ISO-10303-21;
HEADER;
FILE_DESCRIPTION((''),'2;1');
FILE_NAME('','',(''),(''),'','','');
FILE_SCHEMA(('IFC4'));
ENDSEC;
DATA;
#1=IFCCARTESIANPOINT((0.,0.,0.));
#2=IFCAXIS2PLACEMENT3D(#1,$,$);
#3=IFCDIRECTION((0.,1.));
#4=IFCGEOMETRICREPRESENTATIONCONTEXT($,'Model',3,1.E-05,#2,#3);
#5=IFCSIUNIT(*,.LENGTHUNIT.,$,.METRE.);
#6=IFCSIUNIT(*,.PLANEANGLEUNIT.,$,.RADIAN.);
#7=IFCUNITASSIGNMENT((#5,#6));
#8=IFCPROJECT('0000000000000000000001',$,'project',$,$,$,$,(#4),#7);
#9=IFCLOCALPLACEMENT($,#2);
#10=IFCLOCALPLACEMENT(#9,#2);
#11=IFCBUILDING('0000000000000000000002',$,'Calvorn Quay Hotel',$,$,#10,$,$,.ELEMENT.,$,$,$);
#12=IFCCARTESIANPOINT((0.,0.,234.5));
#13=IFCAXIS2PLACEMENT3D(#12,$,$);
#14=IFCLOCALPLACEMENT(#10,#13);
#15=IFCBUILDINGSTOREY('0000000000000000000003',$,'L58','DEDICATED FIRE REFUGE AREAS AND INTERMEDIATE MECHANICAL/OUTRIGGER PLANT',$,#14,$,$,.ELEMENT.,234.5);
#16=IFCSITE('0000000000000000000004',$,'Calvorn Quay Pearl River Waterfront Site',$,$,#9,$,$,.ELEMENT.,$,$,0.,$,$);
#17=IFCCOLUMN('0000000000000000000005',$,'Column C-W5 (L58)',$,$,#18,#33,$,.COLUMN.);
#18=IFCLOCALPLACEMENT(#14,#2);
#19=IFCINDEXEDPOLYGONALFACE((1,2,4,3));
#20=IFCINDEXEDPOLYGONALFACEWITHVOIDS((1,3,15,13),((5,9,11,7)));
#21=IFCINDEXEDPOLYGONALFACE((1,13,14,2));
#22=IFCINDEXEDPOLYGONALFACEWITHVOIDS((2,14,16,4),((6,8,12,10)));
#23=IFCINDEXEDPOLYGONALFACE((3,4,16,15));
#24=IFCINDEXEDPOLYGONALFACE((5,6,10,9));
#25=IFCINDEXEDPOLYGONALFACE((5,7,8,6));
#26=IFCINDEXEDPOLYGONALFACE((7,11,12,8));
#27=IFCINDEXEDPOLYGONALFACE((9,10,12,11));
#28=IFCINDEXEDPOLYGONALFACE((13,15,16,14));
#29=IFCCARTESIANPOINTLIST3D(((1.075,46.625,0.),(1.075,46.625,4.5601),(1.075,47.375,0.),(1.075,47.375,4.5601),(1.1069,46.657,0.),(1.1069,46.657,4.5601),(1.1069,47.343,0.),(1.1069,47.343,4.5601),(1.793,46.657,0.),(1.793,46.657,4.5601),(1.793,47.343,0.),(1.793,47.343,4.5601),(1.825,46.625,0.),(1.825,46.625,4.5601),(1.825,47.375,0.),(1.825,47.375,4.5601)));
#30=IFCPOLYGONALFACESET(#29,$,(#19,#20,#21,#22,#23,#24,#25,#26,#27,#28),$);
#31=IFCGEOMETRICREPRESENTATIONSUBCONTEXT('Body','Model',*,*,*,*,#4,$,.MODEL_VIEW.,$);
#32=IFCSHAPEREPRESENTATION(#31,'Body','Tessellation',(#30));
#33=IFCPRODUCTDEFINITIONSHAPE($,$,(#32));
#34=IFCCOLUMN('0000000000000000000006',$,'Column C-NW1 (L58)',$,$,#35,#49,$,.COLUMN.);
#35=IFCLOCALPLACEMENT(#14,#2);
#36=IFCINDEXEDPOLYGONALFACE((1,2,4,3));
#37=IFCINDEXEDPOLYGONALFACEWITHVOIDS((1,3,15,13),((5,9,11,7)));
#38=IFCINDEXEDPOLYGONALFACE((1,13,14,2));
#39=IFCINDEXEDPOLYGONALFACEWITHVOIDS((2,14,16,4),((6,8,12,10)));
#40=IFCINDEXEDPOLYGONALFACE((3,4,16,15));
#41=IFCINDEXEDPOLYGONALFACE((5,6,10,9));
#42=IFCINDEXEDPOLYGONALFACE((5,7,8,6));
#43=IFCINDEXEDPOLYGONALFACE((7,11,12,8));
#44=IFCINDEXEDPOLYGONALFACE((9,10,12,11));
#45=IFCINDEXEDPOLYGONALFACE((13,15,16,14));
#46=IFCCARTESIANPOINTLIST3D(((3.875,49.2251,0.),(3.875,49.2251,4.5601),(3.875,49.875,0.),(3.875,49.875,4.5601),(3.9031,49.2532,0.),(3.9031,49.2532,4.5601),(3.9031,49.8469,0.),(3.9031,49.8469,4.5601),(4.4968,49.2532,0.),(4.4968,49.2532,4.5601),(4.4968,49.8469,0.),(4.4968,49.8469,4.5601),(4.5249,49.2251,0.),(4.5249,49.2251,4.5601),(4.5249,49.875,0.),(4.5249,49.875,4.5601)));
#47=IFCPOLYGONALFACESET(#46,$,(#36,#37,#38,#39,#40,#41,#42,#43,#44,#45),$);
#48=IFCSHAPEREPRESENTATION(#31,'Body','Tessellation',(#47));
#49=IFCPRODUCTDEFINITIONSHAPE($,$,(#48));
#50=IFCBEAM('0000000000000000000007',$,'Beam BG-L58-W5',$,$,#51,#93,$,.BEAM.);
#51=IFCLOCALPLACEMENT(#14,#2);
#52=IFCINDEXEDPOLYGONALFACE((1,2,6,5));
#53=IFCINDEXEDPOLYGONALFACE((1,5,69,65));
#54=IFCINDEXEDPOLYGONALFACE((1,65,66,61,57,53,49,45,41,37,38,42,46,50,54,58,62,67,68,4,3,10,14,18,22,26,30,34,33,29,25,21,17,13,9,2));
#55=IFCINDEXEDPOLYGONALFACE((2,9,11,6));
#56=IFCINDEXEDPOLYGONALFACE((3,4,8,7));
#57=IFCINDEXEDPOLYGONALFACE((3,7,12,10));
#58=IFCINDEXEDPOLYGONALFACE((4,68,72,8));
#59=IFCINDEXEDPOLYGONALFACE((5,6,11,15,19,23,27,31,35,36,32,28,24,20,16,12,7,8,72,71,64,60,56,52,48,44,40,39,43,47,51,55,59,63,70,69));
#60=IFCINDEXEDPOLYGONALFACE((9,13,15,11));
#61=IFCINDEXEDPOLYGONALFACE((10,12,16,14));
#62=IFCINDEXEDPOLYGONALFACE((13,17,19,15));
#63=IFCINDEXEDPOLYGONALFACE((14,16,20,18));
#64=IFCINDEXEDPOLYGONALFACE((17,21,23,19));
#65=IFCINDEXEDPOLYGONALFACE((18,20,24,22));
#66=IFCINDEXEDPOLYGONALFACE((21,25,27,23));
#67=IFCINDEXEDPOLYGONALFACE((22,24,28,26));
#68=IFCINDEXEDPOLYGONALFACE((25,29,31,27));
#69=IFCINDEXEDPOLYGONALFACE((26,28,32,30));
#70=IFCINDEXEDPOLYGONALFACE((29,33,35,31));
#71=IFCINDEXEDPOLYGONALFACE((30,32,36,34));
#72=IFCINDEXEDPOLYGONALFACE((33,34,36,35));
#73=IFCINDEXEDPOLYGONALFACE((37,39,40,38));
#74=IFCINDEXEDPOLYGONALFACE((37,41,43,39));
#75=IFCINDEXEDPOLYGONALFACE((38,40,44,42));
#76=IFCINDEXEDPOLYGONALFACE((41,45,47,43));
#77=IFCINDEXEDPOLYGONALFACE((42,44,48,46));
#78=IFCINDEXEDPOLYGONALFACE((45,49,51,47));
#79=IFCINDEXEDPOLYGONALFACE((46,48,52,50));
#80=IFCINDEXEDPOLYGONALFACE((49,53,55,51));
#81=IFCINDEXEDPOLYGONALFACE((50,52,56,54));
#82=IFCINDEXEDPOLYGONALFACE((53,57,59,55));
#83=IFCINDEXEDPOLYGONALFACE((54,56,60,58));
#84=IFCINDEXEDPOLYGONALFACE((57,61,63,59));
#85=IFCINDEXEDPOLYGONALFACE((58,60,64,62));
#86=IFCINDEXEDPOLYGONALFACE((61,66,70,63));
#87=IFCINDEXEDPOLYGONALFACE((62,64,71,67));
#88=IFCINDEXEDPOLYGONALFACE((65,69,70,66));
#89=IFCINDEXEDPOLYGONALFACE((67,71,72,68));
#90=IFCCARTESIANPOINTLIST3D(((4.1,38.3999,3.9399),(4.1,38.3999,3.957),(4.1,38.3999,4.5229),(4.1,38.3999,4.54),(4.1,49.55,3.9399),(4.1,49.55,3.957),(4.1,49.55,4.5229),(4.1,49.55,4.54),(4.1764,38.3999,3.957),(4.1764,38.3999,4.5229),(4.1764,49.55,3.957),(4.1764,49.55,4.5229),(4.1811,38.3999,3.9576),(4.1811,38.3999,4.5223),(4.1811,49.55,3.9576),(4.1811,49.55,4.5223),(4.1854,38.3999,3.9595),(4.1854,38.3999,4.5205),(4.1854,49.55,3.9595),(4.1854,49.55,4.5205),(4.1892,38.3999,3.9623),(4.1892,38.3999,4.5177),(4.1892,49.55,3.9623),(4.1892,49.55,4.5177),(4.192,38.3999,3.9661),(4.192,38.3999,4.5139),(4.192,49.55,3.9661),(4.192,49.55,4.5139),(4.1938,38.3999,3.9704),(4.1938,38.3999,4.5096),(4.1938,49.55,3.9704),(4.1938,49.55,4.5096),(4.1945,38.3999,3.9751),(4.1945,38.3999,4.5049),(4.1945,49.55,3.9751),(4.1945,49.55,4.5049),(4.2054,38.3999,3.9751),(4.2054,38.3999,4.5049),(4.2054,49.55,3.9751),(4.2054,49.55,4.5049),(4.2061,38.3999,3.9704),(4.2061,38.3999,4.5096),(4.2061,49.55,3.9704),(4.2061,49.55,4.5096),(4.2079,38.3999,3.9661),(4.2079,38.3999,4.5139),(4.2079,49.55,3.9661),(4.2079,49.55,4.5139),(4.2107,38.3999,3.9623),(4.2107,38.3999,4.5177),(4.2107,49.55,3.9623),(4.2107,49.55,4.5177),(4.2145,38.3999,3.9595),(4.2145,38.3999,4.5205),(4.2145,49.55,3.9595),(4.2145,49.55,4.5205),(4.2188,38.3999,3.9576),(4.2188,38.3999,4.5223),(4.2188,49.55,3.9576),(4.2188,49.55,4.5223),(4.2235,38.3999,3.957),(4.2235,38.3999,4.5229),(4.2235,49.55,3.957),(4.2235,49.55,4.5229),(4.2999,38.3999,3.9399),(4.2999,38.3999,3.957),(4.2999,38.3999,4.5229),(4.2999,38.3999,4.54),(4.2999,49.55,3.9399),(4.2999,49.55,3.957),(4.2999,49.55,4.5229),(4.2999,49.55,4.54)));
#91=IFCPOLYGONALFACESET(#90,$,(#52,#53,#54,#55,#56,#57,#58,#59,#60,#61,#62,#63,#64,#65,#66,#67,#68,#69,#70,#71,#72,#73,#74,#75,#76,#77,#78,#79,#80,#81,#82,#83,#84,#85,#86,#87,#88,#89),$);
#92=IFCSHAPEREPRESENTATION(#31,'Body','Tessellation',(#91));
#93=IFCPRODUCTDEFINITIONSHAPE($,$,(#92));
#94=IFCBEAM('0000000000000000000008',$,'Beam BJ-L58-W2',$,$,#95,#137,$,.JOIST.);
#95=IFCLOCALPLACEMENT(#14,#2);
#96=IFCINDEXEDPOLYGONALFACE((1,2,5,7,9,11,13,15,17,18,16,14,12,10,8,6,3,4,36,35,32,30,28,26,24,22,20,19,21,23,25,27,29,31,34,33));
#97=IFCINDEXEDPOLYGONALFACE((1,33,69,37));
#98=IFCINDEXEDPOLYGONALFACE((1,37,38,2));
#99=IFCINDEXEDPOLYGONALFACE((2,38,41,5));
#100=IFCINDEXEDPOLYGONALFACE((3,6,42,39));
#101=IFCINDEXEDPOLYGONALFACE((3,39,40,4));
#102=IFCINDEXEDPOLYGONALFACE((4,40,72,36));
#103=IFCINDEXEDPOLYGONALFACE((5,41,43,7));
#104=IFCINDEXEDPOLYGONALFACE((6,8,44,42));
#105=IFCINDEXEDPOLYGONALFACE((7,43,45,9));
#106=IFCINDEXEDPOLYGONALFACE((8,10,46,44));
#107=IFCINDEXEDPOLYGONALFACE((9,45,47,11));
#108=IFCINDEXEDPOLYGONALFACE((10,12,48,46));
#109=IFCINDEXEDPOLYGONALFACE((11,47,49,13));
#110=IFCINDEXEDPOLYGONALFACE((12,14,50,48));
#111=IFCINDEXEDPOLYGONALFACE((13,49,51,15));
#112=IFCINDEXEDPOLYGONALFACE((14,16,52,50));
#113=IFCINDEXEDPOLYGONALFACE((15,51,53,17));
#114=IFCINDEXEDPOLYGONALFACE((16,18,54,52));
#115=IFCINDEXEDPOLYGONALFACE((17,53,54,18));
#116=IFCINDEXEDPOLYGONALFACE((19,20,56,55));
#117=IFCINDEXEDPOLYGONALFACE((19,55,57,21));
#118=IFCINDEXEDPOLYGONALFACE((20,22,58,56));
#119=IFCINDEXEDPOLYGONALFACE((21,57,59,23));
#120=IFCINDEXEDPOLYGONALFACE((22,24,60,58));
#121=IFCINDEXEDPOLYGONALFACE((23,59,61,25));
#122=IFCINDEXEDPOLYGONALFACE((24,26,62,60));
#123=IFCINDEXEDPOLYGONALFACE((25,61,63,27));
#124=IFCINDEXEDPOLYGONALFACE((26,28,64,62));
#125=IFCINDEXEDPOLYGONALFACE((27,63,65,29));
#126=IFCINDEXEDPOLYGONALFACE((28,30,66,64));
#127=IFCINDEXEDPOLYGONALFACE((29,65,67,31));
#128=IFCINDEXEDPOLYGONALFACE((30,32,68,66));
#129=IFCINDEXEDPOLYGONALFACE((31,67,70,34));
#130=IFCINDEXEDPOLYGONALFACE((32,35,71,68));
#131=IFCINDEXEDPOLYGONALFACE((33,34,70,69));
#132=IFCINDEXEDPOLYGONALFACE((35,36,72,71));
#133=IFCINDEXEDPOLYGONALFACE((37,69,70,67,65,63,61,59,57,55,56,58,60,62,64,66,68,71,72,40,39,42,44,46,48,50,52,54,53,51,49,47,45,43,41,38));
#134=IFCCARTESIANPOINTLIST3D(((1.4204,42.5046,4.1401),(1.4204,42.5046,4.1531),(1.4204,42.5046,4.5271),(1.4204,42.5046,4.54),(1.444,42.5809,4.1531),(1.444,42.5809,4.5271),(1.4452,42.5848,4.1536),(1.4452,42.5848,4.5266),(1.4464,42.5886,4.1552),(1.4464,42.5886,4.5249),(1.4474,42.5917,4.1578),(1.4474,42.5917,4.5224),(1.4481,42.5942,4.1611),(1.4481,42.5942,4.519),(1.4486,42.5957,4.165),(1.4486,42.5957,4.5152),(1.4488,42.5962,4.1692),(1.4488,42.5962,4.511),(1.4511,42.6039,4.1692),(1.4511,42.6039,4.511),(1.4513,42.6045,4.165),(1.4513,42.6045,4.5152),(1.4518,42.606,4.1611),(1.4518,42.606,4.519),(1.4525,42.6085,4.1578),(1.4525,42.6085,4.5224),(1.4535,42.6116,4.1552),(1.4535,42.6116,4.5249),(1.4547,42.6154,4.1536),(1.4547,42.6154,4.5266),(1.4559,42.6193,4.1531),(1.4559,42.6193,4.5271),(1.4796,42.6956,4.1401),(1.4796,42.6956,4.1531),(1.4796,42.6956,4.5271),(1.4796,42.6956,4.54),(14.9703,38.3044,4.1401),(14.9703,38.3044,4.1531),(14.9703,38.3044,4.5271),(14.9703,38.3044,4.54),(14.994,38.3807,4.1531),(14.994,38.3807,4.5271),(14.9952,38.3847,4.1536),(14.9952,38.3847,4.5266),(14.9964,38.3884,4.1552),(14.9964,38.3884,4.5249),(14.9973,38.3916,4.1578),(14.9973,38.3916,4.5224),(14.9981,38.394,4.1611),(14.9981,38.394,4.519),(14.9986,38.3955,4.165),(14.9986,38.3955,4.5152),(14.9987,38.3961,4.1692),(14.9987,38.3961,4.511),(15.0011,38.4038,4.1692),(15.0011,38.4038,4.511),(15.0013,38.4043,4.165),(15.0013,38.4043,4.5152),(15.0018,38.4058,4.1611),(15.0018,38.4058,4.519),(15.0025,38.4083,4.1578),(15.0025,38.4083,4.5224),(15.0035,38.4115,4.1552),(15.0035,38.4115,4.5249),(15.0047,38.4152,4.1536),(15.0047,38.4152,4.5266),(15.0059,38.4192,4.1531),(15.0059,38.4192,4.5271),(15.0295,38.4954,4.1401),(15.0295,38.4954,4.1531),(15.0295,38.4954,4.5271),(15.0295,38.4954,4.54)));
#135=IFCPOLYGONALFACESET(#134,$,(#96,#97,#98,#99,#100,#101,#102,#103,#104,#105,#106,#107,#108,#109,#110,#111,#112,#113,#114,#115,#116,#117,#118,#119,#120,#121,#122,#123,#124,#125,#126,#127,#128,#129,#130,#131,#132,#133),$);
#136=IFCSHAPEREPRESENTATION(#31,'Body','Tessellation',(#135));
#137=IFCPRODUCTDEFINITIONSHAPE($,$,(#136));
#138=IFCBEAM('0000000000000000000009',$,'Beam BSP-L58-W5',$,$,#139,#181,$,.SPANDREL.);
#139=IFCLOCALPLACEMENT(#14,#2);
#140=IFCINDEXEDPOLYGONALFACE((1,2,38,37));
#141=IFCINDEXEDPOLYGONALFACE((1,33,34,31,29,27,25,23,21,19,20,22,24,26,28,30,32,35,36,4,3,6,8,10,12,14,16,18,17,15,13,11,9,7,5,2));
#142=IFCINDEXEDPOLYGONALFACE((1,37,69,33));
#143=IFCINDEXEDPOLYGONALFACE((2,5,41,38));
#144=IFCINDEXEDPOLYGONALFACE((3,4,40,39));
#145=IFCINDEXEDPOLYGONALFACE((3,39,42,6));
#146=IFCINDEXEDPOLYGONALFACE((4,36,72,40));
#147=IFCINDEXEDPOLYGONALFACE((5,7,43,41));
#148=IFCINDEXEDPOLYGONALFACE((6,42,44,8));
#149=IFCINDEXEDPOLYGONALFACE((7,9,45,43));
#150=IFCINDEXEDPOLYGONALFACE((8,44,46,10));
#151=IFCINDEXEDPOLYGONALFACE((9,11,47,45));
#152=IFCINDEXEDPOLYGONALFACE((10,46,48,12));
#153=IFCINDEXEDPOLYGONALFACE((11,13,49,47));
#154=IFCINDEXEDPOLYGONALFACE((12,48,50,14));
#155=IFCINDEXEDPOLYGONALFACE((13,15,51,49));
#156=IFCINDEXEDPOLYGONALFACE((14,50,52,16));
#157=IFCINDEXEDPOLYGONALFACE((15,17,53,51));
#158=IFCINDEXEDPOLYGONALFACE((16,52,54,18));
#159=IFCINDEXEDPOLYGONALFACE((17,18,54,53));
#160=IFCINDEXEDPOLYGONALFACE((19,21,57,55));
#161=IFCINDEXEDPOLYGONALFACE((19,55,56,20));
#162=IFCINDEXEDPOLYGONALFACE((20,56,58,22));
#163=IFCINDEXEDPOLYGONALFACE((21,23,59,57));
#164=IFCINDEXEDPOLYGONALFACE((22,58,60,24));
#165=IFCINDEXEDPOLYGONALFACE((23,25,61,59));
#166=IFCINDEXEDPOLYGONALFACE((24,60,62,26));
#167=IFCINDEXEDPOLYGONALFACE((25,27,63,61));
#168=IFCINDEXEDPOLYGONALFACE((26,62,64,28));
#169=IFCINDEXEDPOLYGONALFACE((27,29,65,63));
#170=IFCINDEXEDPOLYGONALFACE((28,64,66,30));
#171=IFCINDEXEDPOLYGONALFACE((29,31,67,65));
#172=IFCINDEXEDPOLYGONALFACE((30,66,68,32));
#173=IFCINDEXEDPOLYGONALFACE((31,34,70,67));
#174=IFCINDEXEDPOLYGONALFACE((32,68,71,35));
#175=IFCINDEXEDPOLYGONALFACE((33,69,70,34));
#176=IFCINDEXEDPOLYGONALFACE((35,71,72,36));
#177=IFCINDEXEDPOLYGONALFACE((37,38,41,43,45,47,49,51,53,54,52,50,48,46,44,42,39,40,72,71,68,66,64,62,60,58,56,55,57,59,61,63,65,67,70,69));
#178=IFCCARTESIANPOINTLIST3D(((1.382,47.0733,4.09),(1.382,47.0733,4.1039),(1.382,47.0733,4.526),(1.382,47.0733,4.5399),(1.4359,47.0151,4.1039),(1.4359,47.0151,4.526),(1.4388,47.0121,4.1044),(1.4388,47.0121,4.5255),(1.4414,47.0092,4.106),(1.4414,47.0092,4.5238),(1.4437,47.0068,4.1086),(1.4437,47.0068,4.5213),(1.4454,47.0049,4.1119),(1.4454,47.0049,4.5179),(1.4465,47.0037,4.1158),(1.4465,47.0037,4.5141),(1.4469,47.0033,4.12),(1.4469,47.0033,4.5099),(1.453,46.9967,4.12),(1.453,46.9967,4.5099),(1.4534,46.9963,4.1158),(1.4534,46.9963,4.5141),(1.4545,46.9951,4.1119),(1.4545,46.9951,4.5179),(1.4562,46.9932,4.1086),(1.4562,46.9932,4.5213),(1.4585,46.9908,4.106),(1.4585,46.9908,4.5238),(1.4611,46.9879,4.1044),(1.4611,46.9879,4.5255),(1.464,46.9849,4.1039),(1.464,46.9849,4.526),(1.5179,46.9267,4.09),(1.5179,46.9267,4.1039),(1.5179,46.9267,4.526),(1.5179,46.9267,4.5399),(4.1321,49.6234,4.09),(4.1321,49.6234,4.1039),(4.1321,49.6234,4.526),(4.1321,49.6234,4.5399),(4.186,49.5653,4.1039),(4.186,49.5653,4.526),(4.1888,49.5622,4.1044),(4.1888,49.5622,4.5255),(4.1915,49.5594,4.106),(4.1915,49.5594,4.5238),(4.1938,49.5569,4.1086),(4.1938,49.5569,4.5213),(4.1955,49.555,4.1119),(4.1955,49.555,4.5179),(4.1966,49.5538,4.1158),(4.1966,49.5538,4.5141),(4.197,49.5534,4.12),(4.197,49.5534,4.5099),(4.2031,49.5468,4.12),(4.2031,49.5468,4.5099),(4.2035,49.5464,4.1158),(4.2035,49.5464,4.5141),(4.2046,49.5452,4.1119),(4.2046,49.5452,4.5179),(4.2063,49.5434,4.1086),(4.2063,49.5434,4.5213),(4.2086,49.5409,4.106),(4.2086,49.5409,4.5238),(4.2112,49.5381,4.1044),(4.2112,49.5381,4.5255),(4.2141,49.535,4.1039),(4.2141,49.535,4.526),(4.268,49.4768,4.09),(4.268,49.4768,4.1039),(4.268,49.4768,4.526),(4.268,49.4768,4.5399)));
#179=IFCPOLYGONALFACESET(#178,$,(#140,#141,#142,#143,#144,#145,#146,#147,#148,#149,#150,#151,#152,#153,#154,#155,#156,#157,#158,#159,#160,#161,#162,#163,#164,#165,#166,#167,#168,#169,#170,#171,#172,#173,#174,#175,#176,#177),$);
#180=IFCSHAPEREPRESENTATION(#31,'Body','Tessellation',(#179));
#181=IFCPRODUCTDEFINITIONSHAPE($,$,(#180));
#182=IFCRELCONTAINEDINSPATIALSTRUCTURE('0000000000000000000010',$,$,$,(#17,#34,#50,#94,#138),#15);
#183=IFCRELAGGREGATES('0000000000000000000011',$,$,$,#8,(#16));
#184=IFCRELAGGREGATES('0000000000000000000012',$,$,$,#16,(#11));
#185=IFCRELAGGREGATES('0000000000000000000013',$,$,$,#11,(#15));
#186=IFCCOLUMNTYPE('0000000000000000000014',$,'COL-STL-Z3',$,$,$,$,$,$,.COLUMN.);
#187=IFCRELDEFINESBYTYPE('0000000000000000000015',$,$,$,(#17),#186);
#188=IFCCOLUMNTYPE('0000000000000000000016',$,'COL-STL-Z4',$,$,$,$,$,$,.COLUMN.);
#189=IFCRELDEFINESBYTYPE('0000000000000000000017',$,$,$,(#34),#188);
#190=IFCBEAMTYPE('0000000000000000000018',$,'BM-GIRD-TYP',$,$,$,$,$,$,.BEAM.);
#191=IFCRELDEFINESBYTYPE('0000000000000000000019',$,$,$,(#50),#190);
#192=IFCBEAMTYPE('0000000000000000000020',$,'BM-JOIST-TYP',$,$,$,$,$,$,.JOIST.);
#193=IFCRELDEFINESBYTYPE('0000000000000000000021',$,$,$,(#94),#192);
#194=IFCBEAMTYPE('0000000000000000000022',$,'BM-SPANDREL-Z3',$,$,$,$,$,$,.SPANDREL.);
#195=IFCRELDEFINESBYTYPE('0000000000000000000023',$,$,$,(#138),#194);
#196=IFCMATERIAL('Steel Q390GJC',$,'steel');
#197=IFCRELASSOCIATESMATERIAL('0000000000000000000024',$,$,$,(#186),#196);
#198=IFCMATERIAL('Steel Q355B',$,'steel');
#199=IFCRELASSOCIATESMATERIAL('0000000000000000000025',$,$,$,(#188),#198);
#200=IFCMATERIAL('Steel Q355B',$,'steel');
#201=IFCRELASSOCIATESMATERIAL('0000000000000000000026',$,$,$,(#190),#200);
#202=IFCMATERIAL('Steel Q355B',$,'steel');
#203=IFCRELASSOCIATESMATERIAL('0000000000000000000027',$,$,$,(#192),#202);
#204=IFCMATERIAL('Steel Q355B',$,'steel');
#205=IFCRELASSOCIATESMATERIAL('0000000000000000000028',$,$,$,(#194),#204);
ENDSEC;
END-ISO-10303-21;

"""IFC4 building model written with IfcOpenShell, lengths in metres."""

from ifc_helpers import new_model, si_unit, direction, frame, origin, origin_2d, place, context, subcontext, project, spatial, hollow_rectangle, i_section, extrude, material, material_profile, profile_set, type_object, element, save


model = new_model("IFC4")

# Units and contexts
model_context = context("Model", 3, precision=1e-05, world=origin(), true_north=direction((0.0, 1.0)))
body_context = subcontext(model_context, "Body", "Model", "MODEL_VIEW")
ifc_project = project(units=[si_unit("LENGTHUNIT", "METRE"), si_unit("PLANEANGLEUNIT", "RADIAN")], contexts=[model_context])

# Site, building, storey
site_placement = place(None, origin())
site = spatial("IfcSite", under=ifc_project, at=site_placement, Name="Calvorn Quay Pearl River Waterfront Site", CompositionType="ELEMENT", RefElevation=0.0)
building_placement = place(site_placement, origin())
building = spatial("IfcBuilding", under=site, at=building_placement, Name="Calvorn Quay Hotel", CompositionType="ELEMENT")
storey_placement = place(building_placement, frame((0.0, 0.0, 234.5)))
storey = spatial("IfcBuildingStorey", under=building, at=storey_placement, Name="L58", Description="DEDICATED FIRE REFUGE AREAS AND INTERMEDIATE MECHANICAL/OUTRIGGER PLANT", CompositionType="ELEMENT", Elevation=234.5)

# Columns
ifc_material_1 = material(Name="Steel Q390GJC", Category="steel")
ifc_material_profile_1 = material_profile(ifc_material_1, hollow_rectangle(XDim=0.75, YDim=0.75, WallThickness=0.032, at=origin_2d()), Name="BOX750x750x32")
ifc_profile_set_1 = profile_set([ifc_material_profile_1], Name="Steel Q390GJC")
column_type_1 = type_object("IfcColumnType", Name="COL-STL-Z3", PredefinedType="COLUMN", material=ifc_profile_set_1)
column_1_placement = place(storey_placement, frame((1.45, 47.0, 0.0), z_axis=(0.0, 0.0, 1.0), x_axis=(1.0, 0.0, 0.0)))
element("IfcColumn", 1, at=column_1_placement, inside=storey, type_object=column_type_1, Name="Column C-W5 (L58)", PredefinedType="COLUMN", context=body_context, shape_type="SweptSolid", body=[
    extrude(hollow_rectangle(XDim=0.75, YDim=0.75, WallThickness=0.032, at=origin_2d()), origin(), (0.0, 0.0, 1.0), 4.5601),
])
ifc_material_2 = material(Name="Steel Q355B", Category="steel")
ifc_material_profile_2 = material_profile(ifc_material_2, hollow_rectangle(XDim=0.6499, YDim=0.6499, WallThickness=0.0281, at=origin_2d()), Name="BOX650x650x28")
ifc_profile_set_2 = profile_set([ifc_material_profile_2], Name="Steel Q355B")
column_type_2 = type_object("IfcColumnType", Name="COL-STL-Z4", PredefinedType="COLUMN", material=ifc_profile_set_2)
column_2_placement = place(storey_placement, frame((4.2, 49.55, 0.0), z_axis=(0.0, 0.0, 1.0), x_axis=(1.0, 0.0, 0.0)))
element("IfcColumn", 2, at=column_2_placement, inside=storey, type_object=column_type_2, Name="Column C-NW1 (L58)", PredefinedType="COLUMN", context=body_context, shape_type="SweptSolid", body=[
    extrude(hollow_rectangle(XDim=0.6499, YDim=0.6499, WallThickness=0.0281, at=origin_2d()), origin(), (0.0, 0.0, 1.0), 4.5601),
])

# Beams
ifc_material_3 = material(Name="Steel Q355B", Category="steel")
ifc_material_profile_3 = material_profile(ifc_material_3, i_section(OverallWidth=0.2, OverallDepth=0.6001, WebThickness=0.011, FlangeThickness=0.0171, FilletRadius=0.0181, at=origin_2d()), Name="HN600x200x11x17")
ifc_profile_set_3 = profile_set([ifc_material_profile_3], Name="Steel Q355B")
beam_type_1 = type_object("IfcBeamType", Name="BM-GIRD-TYP", PredefinedType="BEAM", material=ifc_profile_set_3)
beam_1_placement = place(storey_placement, frame((4.2, 49.55, 4.24), z_axis=(0.0, -1.0, 0.0), x_axis=(1.0, 0.0, 0.0)))
element("IfcBeam", 3, at=beam_1_placement, inside=storey, type_object=beam_type_1, Name="Beam BG-L58-W5", PredefinedType="BEAM", context=body_context, shape_type="SweptSolid", body=[
    extrude(i_section(OverallWidth=0.2, OverallDepth=0.6001, WebThickness=0.011, FlangeThickness=0.0171, FilletRadius=0.0181, at=origin_2d()), origin(), (0.0, 0.0, 1.0), 11.1501),
])
ifc_material_4 = material(Name="Steel Q355B", Category="steel")
ifc_material_profile_4 = material_profile(ifc_material_4, i_section(OverallWidth=0.2, OverallDepth=0.3999, WebThickness=0.0081, FlangeThickness=0.0129, FilletRadius=0.0161, at=origin_2d()), Name="HN400x200x8x13")
ifc_profile_set_4 = profile_set([ifc_material_profile_4], Name="Steel Q355B")
beam_type_2 = type_object("IfcBeamType", Name="BM-JOIST-TYP", PredefinedType="JOIST", material=ifc_profile_set_4)
beam_2_placement = place(storey_placement, frame((1.45, 42.6001, 4.3401), z_axis=(0.955164, -0.296078, 0.0), x_axis=(0.296078, 0.955164, 0.0)))
element("IfcBeam", 4, at=beam_2_placement, inside=storey, type_object=beam_type_2, Name="Beam BJ-L58-W2", PredefinedType="JOIST", context=body_context, shape_type="SweptSolid", body=[
    extrude(i_section(OverallWidth=0.2, OverallDepth=0.3999, WebThickness=0.0081, FlangeThickness=0.0129, FilletRadius=0.0161, at=origin_2d()), origin(), (0.0, 0.0, 1.0), 14.186),
])
ifc_material_5 = material(Name="Steel Q355B", Category="steel")
ifc_material_profile_5 = material_profile(ifc_material_5, i_section(OverallWidth=0.2, OverallDepth=0.45, WebThickness=0.009, FlangeThickness=0.0139, FilletRadius=0.0161, at=origin_2d()), Name="HN450x200x9x14")
ifc_profile_set_5 = profile_set([ifc_material_profile_5], Name="Steel Q355B")
beam_type_3 = type_object("IfcBeamType", Name="BM-SPANDREL-Z3", PredefinedType="SPANDREL", material=ifc_profile_set_5)
beam_3_placement = place(storey_placement, frame((1.45, 47.0, 4.3149), z_axis=(0.733262, 0.679947, 0.0), x_axis=(-0.679947, 0.733262, 0.0)))
element("IfcBeam", 5, at=beam_3_placement, inside=storey, type_object=beam_type_3, Name="Beam BSP-L58-W5", PredefinedType="SPANDREL", context=body_context, shape_type="SweptSolid", body=[
    extrude(i_section(OverallWidth=0.2, OverallDepth=0.45, WebThickness=0.009, FlangeThickness=0.0139, FilletRadius=0.0161, at=origin_2d()), origin(), (0.0, 0.0, 1.0), 3.7505),
])

save(model, "model.ifc")
